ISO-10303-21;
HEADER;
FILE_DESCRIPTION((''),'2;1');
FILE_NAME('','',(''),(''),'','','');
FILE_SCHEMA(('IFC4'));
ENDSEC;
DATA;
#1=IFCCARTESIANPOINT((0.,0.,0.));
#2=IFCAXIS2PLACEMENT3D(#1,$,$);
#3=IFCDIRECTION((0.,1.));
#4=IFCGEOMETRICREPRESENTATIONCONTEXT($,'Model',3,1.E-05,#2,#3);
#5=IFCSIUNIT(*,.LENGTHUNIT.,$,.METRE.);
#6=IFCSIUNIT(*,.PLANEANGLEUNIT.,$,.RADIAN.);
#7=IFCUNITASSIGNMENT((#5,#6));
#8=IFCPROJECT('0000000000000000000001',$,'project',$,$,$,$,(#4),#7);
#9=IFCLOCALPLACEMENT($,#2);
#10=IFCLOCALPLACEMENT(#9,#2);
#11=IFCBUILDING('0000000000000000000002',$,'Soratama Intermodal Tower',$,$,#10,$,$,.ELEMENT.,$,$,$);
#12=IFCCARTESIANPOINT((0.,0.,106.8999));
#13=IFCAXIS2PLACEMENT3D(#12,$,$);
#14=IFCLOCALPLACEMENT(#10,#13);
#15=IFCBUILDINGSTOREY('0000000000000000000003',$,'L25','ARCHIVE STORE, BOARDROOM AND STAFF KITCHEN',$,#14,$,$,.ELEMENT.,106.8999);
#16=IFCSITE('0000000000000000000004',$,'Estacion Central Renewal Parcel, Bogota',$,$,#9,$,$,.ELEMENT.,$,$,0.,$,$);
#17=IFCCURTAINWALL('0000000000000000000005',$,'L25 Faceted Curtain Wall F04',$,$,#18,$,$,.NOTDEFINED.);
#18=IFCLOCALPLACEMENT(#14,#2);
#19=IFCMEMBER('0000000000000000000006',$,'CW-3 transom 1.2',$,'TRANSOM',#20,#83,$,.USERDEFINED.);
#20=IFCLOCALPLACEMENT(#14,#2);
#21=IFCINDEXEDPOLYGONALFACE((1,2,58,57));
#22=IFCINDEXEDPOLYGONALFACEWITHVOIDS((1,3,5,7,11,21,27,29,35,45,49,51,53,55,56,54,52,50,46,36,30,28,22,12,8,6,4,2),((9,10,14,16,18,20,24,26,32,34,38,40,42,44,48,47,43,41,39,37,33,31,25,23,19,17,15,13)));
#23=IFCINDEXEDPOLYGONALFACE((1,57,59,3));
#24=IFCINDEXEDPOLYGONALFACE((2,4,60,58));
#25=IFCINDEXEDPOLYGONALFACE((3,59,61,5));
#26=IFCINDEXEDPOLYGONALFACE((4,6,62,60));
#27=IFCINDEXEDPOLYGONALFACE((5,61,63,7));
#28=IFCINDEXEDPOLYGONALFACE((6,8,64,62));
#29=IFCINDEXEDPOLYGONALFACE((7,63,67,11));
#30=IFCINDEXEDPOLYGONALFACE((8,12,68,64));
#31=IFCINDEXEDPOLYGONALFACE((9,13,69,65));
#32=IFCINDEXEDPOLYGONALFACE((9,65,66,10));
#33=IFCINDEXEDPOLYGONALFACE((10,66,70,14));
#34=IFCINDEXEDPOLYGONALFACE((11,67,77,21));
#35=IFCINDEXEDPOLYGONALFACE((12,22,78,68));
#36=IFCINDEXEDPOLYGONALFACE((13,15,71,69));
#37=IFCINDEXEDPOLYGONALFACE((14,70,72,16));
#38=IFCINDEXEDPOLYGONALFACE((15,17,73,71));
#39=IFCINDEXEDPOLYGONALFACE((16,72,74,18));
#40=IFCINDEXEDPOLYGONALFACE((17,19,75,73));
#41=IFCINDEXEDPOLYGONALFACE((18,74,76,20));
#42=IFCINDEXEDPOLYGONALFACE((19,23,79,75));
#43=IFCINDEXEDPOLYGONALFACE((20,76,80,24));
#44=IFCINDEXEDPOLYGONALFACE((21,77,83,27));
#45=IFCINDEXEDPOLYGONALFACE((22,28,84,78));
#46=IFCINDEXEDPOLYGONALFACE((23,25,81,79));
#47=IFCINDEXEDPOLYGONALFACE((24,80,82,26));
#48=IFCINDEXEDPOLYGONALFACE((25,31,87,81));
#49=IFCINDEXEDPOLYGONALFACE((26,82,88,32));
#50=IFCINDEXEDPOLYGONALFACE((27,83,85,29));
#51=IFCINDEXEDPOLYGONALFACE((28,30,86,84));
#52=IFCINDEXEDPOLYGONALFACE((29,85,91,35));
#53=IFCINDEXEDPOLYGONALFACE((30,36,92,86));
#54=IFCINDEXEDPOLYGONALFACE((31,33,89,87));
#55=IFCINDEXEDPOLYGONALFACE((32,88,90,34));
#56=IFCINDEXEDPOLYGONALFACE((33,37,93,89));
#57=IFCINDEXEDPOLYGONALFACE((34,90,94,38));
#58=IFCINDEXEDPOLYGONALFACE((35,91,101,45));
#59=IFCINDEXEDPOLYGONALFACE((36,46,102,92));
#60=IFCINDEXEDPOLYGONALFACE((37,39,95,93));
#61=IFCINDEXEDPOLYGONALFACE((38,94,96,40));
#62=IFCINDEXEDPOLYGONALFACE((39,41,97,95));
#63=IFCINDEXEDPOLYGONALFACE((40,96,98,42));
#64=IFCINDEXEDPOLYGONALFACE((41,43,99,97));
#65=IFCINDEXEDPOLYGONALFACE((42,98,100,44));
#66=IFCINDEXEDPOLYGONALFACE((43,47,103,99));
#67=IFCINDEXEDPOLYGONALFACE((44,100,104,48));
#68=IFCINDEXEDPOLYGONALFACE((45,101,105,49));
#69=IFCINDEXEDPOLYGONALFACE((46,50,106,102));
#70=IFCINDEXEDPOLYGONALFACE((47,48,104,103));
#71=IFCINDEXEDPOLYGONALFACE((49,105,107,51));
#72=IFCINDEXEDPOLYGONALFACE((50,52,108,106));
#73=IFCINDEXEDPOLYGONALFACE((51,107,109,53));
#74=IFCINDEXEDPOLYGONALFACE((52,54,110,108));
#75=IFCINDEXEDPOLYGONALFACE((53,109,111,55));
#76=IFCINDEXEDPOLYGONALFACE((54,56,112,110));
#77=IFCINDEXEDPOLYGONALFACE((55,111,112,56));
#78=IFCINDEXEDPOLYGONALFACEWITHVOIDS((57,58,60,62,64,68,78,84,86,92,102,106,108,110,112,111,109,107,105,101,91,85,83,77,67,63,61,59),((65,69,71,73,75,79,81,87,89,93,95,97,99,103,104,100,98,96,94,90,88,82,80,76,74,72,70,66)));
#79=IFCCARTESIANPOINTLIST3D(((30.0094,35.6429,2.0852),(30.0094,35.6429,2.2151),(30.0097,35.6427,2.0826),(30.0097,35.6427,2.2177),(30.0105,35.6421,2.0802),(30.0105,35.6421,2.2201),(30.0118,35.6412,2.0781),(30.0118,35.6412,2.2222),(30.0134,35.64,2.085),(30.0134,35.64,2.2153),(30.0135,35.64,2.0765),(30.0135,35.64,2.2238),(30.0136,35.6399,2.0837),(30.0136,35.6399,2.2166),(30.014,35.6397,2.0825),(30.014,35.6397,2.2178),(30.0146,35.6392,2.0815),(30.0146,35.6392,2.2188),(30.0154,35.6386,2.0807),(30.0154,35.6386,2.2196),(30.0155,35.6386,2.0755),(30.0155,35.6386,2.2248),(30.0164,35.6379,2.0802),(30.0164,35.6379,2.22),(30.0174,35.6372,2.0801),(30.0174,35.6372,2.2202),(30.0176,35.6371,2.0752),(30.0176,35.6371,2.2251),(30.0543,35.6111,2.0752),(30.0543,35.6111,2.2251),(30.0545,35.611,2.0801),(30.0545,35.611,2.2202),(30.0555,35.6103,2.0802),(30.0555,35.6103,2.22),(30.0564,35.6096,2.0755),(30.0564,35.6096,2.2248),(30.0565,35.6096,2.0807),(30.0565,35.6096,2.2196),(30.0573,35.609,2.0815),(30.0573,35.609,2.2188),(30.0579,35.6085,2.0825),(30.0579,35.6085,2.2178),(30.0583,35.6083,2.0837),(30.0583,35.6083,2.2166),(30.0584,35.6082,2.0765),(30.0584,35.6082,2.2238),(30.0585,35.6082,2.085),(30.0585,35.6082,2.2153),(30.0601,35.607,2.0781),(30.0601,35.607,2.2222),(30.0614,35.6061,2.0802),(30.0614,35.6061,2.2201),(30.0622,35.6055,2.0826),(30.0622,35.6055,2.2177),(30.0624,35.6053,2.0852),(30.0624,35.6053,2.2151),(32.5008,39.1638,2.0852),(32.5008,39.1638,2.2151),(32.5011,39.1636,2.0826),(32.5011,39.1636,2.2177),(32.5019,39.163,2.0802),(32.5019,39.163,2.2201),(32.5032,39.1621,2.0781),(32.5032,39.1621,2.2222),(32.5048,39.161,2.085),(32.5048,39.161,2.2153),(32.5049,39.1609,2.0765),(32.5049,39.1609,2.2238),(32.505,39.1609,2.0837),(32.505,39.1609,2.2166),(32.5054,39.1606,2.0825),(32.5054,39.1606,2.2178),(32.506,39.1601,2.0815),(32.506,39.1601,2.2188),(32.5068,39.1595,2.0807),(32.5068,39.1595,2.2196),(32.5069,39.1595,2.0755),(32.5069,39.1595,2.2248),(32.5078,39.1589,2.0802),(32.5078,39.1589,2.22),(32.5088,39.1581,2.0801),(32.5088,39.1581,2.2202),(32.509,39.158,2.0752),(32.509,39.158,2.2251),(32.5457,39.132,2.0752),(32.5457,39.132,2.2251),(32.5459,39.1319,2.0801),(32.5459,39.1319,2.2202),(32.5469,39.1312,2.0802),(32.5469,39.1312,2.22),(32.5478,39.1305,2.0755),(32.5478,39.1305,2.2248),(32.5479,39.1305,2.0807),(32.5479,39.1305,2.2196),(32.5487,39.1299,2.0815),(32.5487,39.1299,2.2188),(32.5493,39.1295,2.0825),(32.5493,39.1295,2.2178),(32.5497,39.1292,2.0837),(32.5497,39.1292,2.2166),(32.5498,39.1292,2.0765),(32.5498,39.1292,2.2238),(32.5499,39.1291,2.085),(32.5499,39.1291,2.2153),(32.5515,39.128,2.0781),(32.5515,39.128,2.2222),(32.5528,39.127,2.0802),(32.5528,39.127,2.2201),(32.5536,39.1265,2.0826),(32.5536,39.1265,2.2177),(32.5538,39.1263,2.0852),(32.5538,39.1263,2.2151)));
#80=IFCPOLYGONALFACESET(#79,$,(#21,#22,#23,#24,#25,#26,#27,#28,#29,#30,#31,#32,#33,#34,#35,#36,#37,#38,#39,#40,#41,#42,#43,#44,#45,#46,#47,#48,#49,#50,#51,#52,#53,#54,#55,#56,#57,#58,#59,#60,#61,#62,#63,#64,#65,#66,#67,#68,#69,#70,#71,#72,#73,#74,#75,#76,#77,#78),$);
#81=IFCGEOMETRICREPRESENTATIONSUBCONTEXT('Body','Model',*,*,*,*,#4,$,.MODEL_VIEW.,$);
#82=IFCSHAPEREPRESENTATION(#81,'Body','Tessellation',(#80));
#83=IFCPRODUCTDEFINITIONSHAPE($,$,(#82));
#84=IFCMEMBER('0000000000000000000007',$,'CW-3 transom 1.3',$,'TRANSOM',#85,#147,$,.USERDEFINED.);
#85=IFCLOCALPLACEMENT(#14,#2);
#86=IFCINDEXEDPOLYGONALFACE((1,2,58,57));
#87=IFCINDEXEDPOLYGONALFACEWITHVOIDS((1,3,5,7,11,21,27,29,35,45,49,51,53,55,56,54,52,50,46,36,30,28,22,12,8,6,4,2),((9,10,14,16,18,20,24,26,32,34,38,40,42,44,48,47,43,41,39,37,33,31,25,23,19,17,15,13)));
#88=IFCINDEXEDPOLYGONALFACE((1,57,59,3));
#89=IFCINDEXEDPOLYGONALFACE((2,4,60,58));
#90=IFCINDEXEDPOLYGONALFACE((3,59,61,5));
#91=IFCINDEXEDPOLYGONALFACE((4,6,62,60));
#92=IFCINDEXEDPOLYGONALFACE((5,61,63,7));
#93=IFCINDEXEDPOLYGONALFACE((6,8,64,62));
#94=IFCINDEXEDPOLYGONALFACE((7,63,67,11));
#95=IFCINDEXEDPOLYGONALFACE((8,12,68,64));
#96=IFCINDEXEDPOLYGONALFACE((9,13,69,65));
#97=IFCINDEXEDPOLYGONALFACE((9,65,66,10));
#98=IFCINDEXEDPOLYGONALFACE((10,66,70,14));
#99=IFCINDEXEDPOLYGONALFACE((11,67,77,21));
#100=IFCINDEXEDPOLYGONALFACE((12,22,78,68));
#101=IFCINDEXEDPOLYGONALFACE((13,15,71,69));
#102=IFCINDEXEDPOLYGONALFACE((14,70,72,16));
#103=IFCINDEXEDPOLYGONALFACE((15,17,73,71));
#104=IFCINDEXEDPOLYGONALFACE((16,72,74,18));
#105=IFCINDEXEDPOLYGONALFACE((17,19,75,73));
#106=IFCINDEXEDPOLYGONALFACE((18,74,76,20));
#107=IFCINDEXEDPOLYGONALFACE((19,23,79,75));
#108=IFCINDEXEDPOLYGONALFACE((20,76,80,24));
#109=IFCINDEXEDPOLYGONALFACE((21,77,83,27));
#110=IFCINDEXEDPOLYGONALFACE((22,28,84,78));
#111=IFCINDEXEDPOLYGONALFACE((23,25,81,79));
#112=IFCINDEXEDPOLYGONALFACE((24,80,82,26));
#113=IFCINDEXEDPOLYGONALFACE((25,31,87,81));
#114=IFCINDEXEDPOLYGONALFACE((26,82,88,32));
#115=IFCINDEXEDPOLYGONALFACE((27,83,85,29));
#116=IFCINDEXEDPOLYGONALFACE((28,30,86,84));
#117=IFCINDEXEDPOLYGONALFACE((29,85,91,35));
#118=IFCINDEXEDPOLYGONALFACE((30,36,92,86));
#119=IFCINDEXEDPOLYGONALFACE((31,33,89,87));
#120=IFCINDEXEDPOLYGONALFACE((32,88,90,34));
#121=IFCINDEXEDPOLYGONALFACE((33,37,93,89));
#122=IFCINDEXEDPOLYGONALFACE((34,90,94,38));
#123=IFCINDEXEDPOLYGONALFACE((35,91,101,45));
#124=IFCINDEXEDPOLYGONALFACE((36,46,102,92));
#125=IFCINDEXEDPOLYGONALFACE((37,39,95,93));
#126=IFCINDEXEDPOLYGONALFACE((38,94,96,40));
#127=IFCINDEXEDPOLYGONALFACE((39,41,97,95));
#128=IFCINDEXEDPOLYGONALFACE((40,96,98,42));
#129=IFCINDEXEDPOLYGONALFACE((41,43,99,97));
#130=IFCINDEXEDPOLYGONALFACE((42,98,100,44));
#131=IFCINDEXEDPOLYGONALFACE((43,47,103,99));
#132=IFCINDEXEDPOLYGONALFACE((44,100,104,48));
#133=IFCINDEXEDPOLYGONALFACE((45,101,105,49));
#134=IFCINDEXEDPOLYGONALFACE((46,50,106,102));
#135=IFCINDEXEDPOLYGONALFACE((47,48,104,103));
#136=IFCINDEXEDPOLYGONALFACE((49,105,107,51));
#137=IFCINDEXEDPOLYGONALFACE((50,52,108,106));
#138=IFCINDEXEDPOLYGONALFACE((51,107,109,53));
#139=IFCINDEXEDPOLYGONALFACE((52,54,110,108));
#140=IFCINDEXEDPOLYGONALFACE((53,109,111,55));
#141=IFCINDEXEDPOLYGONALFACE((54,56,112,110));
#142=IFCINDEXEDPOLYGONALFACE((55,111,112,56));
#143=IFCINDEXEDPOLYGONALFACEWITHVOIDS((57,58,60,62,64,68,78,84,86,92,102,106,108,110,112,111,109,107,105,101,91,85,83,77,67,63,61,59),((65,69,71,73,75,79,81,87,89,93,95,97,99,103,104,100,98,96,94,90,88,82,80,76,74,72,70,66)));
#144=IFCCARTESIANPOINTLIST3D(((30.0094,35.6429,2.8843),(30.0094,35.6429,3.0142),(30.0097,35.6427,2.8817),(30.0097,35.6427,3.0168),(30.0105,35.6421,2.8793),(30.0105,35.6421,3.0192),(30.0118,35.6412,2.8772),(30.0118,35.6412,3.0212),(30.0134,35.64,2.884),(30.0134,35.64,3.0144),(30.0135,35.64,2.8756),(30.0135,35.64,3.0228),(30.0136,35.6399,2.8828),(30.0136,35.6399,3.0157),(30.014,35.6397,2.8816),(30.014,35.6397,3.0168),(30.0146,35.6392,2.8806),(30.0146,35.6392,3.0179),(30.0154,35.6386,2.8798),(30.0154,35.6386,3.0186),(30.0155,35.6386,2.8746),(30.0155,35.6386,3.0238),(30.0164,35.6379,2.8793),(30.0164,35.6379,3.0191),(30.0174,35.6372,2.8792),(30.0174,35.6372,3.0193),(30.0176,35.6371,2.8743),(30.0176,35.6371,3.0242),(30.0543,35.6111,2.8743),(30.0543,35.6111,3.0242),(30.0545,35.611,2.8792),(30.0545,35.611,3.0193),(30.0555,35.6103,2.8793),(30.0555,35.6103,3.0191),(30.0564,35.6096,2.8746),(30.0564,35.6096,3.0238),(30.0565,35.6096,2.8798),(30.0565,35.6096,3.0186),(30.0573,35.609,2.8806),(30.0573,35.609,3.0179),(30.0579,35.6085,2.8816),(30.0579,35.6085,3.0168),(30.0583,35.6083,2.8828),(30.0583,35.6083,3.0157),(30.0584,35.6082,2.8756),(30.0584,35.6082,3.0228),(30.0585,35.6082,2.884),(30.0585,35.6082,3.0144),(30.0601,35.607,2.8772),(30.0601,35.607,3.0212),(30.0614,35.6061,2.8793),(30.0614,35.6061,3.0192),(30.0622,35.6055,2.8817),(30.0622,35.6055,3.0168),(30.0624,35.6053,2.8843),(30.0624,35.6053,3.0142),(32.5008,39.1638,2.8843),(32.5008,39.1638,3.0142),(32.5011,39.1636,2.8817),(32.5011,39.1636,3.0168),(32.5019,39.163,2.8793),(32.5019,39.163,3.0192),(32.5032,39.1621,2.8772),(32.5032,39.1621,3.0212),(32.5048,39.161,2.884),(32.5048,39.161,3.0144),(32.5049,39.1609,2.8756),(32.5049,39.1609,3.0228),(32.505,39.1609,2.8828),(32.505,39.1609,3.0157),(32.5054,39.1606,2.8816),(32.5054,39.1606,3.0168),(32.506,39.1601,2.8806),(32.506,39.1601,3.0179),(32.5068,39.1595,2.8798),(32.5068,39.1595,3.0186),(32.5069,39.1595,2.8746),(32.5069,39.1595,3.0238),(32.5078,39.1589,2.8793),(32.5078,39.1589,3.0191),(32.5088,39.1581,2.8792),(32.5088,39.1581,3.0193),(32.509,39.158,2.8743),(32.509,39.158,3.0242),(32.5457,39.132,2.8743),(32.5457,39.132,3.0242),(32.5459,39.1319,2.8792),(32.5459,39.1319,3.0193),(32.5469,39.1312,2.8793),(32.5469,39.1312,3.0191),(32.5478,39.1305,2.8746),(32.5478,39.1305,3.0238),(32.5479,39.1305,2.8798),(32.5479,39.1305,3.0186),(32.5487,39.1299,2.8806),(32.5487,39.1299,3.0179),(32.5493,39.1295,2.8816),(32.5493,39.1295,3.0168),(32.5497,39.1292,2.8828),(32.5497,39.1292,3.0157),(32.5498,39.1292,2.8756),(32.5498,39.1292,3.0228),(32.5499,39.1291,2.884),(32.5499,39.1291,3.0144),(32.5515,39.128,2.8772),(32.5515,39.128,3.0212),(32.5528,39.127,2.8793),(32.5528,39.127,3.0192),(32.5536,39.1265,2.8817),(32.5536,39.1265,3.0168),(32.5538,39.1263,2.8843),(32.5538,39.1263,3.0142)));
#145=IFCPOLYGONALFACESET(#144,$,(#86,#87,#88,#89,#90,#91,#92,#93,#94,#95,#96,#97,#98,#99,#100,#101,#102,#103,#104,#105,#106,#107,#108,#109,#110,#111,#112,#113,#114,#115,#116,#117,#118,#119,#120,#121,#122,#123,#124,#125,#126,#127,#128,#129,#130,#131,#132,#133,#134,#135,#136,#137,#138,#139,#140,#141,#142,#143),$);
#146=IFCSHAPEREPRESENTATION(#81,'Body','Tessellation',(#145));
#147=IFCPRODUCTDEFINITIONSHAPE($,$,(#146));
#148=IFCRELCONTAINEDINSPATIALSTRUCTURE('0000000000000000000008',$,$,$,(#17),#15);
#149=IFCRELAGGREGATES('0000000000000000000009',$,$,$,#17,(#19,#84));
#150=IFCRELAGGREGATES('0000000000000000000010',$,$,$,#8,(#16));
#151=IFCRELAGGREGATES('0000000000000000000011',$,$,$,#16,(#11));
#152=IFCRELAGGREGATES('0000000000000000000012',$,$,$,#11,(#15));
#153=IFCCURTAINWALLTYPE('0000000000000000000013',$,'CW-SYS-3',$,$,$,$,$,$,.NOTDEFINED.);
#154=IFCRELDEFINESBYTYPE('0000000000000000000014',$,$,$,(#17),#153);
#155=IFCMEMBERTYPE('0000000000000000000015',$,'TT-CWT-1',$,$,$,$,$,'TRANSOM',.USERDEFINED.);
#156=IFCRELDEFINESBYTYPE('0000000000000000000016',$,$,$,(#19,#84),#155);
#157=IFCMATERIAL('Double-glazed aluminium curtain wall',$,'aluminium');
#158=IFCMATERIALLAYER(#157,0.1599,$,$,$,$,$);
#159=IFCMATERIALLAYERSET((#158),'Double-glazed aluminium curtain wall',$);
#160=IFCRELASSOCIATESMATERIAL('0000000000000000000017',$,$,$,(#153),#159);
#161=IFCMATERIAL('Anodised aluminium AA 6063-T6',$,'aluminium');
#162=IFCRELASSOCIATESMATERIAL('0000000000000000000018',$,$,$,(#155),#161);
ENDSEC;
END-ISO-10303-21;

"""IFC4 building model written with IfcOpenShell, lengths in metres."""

from ifc_helpers import new_model, si_unit, direction, frame, origin, origin_2d, place, context, subcontext, project, spatial, hollow_rectangle, extrude, material, layer, layer_set, material_profile, profile_set, type_object, element, aggregate, save


model = new_model("IFC4")

# Units and contexts
model_context = context("Model", 3, precision=1e-05, world=origin(), true_north=direction((0.0, 1.0)))
body_context = subcontext(model_context, "Body", "Model", "MODEL_VIEW")
ifc_project = project(units=[si_unit("LENGTHUNIT", "METRE"), si_unit("PLANEANGLEUNIT", "RADIAN")], contexts=[model_context])

# Site, building, storey
site_placement = place(None, origin())
site = spatial("IfcSite", under=ifc_project, at=site_placement, Name="Estacion Central Renewal Parcel, Bogota", CompositionType="ELEMENT", RefElevation=0.0)
building_placement = place(site_placement, origin())
building = spatial("IfcBuilding", under=site, at=building_placement, Name="Soratama Intermodal Tower", CompositionType="ELEMENT")
storey_placement = place(building_placement, frame((0.0, 0.0, 106.8999)))
storey = spatial("IfcBuildingStorey", under=building, at=storey_placement, Name="L25", Description="ARCHIVE STORE, BOARDROOM AND STAFF KITCHEN", CompositionType="ELEMENT", Elevation=106.8999)

# Curtain wall, members
ifc_material_1 = material(Name="Double-glazed aluminium curtain wall", Category="aluminium")
ifc_layer_1 = layer(ifc_material_1, 0.1599)
ifc_layer_set_1 = layer_set([ifc_layer_1], Name="Double-glazed aluminium curtain wall")
curtain_wall_type = type_object("IfcCurtainWallType", Name="CW-SYS-3", PredefinedType="NOTDEFINED", material=ifc_layer_set_1)
curtain_wall_placement = place(storey_placement, origin())
curtain_wall = element("IfcCurtainWall", 1, at=curtain_wall_placement, inside=storey, type_object=curtain_wall_type, Name="L25 Faceted Curtain Wall F04", PredefinedType="NOTDEFINED")
ifc_material_2 = material(Name="Anodised aluminium AA 6063-T6", Category="aluminium")
ifc_material_profile_1 = material_profile(ifc_material_2, hollow_rectangle(XDim=0.0649, YDim=0.1499, WallThickness=0.0049, InnerFilletRadius=0.0049, OuterFilletRadius=0.01, at=origin_2d()), Name="CWT150X65X5")
ifc_profile_set_1 = profile_set([ifc_material_profile_1], Name="Anodised aluminium AA 6063-T6")
member_type_1 = type_object("IfcMemberType", Name="TT-CWT-1", ElementType="TRANSOM", PredefinedType="USERDEFINED", material=ifc_profile_set_1)
member_1_placement = place(storey_placement, frame((32.5273, 39.145, 2.1501), z_axis=(-0.577618, -0.816307, 0.0), x_axis=(0.816307, -0.577618, 0.0)))
member_1 = element("IfcMember", 2, at=member_1_placement, type_object=member_type_1, Name="CW-3 transom 1.2", ObjectType="TRANSOM", PredefinedType="USERDEFINED", context=body_context, shape_type="SweptSolid", body=[
    extrude(hollow_rectangle(XDim=0.0649, YDim=0.1499, WallThickness=0.0049, InnerFilletRadius=0.0049, OuterFilletRadius=0.01, at=origin_2d()), origin(), (0.0, 0.0, 1.0), 4.3132),
])
member_2_placement = place(storey_placement, frame((32.5273, 39.145, 2.9492), z_axis=(-0.577618, -0.816307, 0.0), x_axis=(0.816307, -0.577618, 0.0)))
member_2 = element("IfcMember", 3, at=member_2_placement, type_object=member_type_1, Name="CW-3 transom 1.3", ObjectType="TRANSOM", PredefinedType="USERDEFINED", context=body_context, shape_type="SweptSolid", body=[
    extrude(hollow_rectangle(XDim=0.0649, YDim=0.1499, WallThickness=0.0049, InnerFilletRadius=0.0049, OuterFilletRadius=0.01, at=origin_2d()), origin(), (0.0, 0.0, 1.0), 4.3132),
])
aggregate(curtain_wall, [member_1, member_2])

save(model, "model.ifc")
